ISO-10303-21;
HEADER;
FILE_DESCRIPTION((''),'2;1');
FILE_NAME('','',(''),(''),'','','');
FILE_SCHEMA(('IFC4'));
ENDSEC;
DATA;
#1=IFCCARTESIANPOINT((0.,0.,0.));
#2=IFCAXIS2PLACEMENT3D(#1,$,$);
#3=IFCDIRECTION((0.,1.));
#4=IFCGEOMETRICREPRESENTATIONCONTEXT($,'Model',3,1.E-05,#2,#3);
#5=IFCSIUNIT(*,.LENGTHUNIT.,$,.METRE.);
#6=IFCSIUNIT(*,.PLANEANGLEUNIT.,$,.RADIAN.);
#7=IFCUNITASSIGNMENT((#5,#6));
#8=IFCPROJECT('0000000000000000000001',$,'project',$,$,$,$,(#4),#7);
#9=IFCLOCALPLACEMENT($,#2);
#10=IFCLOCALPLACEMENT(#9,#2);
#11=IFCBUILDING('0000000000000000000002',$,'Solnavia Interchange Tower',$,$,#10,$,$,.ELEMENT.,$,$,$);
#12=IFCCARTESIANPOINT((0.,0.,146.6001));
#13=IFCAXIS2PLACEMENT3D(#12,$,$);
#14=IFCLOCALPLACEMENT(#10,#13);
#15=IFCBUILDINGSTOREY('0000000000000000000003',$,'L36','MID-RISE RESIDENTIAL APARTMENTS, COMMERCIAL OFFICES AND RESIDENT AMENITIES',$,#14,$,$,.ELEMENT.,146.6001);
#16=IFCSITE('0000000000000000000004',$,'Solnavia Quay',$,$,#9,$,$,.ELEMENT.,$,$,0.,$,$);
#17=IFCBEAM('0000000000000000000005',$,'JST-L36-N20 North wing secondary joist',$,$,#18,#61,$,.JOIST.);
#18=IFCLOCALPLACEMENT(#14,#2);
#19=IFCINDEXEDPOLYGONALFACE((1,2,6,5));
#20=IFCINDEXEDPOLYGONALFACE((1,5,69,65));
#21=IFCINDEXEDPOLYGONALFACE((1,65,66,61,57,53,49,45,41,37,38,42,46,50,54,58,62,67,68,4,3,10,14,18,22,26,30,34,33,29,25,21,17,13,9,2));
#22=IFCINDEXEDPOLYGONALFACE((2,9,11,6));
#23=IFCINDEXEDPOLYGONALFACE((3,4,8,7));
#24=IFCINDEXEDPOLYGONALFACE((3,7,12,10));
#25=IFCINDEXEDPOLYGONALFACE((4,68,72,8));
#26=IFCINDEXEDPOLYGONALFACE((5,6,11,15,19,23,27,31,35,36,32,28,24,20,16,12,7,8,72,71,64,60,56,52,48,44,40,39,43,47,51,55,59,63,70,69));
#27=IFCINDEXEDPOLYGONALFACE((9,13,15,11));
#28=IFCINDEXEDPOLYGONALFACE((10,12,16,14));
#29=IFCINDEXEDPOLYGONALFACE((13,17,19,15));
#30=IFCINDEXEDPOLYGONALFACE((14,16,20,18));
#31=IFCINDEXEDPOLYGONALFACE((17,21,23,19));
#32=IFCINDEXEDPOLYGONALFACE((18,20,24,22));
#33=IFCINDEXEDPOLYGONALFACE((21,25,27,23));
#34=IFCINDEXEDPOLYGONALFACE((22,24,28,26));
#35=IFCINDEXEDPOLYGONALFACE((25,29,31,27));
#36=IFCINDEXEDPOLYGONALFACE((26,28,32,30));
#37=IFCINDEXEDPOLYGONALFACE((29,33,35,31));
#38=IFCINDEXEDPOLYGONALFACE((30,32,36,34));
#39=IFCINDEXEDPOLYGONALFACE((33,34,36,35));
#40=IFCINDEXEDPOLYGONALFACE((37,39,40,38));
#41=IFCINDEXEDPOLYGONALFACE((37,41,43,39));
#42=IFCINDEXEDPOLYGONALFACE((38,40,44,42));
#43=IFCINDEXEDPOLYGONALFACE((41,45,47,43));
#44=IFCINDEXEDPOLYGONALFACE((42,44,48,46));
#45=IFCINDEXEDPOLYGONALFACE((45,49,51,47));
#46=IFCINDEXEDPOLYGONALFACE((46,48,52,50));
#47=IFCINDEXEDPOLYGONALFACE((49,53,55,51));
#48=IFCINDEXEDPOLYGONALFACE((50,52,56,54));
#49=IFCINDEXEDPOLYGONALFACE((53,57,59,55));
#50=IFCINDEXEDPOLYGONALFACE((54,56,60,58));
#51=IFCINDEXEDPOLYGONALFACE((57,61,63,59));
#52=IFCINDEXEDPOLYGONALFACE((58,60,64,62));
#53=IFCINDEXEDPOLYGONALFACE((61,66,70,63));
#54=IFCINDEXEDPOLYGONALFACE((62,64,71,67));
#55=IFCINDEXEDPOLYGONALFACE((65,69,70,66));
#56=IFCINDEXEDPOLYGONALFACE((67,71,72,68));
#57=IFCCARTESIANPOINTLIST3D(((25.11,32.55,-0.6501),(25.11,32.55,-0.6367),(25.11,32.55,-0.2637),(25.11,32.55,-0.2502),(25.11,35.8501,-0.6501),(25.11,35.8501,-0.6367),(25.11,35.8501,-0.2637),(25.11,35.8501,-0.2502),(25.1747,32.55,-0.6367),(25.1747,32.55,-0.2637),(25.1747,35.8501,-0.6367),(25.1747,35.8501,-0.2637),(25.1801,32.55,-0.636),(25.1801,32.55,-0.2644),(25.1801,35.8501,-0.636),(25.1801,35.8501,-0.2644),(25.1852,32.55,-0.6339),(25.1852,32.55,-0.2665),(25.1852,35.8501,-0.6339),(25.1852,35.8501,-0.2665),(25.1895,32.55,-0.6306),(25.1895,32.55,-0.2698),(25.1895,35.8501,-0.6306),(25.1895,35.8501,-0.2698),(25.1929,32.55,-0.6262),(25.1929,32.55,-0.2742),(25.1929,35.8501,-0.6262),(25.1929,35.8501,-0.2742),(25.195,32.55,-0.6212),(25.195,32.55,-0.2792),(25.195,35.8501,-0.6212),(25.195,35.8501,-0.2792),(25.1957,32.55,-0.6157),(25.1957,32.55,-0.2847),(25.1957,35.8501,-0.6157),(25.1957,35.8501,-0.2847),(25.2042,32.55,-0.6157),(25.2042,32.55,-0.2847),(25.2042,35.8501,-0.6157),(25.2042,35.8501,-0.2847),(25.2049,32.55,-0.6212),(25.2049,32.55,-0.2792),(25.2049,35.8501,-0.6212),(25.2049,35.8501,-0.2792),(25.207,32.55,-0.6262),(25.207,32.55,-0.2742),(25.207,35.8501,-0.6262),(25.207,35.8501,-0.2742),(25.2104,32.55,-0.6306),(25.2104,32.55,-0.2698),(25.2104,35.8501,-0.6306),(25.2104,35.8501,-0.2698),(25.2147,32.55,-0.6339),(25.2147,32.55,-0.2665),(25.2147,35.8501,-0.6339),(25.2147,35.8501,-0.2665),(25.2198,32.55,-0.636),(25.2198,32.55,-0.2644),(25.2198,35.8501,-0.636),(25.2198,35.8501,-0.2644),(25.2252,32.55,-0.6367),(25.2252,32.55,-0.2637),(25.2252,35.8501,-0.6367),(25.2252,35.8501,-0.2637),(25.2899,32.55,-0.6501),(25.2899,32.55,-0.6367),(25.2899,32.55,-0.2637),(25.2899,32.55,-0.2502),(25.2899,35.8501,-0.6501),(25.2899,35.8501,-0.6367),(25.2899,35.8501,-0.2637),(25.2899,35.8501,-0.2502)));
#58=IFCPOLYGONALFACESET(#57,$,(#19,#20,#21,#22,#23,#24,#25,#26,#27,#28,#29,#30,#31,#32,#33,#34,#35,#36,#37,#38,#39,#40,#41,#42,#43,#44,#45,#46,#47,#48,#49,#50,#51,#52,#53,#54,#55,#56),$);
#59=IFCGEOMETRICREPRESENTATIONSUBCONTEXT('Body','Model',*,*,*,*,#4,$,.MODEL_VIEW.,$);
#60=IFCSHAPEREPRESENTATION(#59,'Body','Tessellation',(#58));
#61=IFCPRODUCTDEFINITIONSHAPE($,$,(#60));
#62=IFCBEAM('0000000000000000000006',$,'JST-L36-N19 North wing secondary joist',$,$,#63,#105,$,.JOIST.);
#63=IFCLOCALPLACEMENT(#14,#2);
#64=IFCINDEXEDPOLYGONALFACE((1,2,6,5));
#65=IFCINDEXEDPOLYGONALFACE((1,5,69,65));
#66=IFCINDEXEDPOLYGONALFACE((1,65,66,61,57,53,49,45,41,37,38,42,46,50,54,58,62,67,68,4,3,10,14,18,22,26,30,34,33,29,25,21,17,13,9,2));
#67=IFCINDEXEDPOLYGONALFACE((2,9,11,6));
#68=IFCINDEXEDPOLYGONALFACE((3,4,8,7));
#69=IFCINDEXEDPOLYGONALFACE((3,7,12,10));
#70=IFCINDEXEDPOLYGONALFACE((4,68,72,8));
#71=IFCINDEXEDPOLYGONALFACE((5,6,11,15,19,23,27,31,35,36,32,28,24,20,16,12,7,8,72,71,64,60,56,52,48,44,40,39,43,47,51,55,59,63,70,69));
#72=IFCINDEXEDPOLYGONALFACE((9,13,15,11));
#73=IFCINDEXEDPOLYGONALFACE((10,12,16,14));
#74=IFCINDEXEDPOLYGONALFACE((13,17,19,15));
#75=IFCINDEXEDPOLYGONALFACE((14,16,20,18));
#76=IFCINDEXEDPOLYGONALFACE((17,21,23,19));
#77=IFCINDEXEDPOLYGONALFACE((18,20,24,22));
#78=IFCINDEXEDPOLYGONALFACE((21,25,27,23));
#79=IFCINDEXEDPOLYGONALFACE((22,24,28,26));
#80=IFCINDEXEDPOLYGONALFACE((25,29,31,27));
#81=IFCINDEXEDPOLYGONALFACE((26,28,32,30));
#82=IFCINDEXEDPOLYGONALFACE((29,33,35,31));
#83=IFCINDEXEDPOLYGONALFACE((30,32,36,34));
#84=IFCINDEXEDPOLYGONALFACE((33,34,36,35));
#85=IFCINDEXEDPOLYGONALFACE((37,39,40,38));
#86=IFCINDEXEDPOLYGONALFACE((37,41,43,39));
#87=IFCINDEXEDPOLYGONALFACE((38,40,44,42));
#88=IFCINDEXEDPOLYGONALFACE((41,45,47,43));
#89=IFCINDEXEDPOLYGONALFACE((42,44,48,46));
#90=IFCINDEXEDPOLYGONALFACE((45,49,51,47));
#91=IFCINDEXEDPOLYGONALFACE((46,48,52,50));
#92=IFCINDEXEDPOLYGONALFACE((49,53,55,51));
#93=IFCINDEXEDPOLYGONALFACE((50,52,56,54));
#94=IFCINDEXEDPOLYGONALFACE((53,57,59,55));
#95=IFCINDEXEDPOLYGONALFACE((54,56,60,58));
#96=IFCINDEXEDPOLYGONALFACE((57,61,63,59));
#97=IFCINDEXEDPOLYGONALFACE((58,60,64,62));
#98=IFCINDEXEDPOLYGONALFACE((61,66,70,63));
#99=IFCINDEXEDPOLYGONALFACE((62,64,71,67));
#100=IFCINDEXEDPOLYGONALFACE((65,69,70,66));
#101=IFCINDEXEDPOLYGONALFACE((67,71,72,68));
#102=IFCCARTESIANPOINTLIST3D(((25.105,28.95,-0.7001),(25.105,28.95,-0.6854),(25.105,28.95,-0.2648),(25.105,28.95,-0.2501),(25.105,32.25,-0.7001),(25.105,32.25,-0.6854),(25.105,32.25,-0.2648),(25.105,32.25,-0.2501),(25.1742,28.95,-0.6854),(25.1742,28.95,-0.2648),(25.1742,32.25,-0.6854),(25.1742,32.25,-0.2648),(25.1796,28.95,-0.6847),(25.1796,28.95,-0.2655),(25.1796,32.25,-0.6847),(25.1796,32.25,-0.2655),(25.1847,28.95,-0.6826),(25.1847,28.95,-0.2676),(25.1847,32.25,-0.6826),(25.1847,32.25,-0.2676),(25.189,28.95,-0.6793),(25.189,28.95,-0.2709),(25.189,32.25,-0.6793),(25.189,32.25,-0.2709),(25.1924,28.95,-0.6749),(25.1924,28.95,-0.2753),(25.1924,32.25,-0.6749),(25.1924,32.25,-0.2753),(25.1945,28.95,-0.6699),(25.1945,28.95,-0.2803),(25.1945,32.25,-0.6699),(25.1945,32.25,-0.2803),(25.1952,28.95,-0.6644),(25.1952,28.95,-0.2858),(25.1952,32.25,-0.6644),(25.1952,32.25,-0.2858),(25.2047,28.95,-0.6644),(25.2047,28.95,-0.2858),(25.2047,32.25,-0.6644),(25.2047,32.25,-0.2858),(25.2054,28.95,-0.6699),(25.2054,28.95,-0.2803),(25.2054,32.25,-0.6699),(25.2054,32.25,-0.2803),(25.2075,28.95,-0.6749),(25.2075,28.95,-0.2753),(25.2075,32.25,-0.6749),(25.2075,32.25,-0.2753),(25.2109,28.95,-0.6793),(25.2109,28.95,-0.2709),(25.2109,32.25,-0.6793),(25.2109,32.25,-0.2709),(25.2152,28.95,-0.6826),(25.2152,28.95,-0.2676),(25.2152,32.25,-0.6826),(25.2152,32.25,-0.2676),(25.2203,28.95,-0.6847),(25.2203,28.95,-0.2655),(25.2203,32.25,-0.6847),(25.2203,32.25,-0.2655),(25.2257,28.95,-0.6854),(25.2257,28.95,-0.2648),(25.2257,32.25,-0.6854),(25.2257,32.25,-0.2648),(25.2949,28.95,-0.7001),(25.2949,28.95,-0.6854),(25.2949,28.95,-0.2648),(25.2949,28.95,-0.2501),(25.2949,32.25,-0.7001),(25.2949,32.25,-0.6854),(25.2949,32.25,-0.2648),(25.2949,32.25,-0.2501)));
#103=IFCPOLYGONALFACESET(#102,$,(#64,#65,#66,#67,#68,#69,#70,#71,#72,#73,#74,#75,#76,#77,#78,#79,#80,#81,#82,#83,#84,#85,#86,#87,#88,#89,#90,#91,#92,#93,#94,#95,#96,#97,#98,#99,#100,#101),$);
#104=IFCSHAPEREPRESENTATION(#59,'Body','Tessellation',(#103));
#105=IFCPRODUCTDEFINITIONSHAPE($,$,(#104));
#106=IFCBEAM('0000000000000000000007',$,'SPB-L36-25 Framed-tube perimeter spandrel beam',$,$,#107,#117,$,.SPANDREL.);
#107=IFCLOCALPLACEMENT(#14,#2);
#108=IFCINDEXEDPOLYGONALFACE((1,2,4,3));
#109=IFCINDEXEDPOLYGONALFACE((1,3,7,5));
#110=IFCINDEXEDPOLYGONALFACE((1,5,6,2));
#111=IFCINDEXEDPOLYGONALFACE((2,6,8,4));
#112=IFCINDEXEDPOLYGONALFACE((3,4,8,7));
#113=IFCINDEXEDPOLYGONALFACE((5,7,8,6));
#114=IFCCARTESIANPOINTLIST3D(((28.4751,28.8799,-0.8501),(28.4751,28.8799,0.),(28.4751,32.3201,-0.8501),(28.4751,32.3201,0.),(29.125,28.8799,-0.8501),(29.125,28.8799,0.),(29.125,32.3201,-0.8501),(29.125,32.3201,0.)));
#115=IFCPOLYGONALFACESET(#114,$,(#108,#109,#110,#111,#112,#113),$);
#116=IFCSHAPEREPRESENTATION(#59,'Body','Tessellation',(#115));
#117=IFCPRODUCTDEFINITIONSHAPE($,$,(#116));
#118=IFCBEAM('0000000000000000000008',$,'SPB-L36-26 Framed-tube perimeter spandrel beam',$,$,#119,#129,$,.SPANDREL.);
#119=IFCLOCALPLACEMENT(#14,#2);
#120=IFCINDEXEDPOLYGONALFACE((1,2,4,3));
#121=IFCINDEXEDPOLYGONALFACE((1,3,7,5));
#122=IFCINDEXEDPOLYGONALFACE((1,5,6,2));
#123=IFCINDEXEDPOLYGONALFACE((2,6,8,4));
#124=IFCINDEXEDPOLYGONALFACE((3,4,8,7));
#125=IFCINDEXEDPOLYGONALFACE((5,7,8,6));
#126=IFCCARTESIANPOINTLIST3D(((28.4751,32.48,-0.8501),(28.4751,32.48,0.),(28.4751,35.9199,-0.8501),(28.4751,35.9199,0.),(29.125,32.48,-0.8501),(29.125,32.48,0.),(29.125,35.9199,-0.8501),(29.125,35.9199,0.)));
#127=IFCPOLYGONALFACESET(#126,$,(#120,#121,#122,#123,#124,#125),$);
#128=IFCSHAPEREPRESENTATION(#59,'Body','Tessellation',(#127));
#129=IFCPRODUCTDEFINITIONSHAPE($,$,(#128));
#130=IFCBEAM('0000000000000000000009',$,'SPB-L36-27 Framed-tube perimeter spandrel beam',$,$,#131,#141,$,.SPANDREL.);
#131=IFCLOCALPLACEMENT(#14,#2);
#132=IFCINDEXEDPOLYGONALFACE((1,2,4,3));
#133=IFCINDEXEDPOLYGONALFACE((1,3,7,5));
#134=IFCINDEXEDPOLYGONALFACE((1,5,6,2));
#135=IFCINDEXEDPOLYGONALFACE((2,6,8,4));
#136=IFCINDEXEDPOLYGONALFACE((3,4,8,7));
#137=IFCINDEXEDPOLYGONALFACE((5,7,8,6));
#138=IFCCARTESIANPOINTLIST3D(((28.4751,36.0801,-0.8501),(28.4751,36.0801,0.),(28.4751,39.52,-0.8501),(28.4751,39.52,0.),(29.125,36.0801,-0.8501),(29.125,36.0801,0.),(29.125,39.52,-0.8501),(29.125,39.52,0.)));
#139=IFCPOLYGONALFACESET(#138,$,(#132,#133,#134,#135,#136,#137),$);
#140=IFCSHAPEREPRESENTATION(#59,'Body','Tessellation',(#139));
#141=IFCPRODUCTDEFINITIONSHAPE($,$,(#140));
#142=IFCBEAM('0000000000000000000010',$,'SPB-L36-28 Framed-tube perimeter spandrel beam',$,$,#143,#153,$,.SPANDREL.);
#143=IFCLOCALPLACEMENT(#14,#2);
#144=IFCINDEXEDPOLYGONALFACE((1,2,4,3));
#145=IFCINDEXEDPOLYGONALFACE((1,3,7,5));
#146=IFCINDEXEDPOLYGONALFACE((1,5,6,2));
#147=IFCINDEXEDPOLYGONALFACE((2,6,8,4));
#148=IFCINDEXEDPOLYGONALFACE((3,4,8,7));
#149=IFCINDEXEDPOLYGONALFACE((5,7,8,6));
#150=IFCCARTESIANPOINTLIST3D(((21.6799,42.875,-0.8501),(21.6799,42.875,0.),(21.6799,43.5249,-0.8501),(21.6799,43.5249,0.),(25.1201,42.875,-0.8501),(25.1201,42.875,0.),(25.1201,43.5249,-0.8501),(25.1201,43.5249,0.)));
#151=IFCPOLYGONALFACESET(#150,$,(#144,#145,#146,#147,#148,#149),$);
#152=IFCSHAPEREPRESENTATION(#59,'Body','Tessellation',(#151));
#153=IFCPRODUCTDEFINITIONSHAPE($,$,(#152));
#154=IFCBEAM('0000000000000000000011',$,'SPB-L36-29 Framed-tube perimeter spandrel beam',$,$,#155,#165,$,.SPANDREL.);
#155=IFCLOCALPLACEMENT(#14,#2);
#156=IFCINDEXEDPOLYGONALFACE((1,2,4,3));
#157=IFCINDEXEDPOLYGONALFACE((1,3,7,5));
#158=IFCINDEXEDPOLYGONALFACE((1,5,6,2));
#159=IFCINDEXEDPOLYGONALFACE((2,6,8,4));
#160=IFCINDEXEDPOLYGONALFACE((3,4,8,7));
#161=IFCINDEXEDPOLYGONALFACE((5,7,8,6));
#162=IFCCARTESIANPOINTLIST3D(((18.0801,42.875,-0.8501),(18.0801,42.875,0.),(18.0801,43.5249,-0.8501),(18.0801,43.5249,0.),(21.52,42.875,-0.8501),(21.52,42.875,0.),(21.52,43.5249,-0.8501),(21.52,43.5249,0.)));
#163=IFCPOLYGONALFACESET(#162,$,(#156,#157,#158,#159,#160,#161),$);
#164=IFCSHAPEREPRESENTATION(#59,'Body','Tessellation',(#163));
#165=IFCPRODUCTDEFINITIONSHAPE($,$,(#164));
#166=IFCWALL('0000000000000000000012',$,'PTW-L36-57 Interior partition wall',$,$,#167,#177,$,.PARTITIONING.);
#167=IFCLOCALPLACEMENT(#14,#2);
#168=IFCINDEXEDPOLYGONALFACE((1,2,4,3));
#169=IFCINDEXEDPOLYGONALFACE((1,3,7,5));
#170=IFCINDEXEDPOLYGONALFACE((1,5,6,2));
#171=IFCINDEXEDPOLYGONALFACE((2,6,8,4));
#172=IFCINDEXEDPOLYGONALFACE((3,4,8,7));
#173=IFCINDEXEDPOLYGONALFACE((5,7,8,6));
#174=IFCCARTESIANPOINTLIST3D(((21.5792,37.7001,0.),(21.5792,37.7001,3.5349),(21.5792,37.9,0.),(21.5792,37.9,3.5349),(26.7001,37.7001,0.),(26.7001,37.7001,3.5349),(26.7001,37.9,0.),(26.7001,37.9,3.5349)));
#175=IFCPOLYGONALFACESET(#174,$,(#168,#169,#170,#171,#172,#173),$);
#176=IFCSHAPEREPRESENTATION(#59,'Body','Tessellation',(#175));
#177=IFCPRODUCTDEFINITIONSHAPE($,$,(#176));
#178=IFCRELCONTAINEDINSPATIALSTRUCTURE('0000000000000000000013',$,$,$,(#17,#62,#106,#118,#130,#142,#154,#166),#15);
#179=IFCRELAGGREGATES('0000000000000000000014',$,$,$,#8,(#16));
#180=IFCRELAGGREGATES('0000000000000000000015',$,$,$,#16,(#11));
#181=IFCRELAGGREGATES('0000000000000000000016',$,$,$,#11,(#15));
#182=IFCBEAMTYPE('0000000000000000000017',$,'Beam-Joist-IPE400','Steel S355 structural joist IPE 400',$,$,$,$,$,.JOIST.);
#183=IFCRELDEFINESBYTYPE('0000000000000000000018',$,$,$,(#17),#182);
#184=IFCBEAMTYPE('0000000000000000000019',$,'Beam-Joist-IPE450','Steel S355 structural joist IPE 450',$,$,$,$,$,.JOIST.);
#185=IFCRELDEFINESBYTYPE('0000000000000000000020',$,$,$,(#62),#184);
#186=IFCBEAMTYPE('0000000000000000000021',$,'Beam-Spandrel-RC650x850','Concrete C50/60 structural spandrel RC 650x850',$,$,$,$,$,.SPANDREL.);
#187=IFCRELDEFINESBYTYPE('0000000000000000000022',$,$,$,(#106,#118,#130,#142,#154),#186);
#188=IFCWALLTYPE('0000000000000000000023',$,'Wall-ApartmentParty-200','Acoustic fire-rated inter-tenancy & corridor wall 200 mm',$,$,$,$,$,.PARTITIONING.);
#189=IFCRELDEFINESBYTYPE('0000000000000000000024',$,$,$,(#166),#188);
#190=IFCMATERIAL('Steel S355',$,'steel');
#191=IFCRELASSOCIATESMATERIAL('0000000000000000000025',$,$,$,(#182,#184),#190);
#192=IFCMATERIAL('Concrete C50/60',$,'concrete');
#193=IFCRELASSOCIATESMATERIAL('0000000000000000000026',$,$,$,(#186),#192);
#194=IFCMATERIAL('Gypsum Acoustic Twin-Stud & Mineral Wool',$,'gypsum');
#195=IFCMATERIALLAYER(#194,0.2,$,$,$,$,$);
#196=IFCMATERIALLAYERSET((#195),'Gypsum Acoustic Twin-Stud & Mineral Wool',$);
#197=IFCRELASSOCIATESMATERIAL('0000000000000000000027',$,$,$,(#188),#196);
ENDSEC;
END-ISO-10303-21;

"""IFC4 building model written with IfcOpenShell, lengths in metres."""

from ifc_helpers import new_model, si_unit, direction, frame, frame_2d, origin, origin_2d, place, context, subcontext, project, spatial, rectangle, i_section, extrude, material, layer, layer_set, material_profile, profile_set, type_object, element, save


model = new_model("IFC4")

# Units and contexts
model_context = context("Model", 3, precision=1e-05, world=origin(), true_north=direction((0.0, 1.0)))
body_context = subcontext(model_context, "Body", "Model", "MODEL_VIEW")
ifc_project = project(units=[si_unit("LENGTHUNIT", "METRE"), si_unit("PLANEANGLEUNIT", "RADIAN")], contexts=[model_context])

# Site, building, storey
site_placement = place(None, origin())
site = spatial("IfcSite", under=ifc_project, at=site_placement, Name="Solnavia Quay", CompositionType="ELEMENT", RefElevation=0.0)
building_placement = place(site_placement, origin())
building = spatial("IfcBuilding", under=site, at=building_placement, Name="Solnavia Interchange Tower", CompositionType="ELEMENT")
storey_placement = place(building_placement, frame((0.0, 0.0, 146.6001)))
storey = spatial("IfcBuildingStorey", under=building, at=storey_placement, Name="L36", Description="MID-RISE RESIDENTIAL APARTMENTS, COMMERCIAL OFFICES AND RESIDENT AMENITIES", CompositionType="ELEMENT", Elevation=146.6001)

# Shared definitions
ifc_material_1 = material(Name="Concrete C50/60", Category="concrete")

# Beams
ifc_material_2 = material(Name="Steel S355", Category="steel")
ifc_material_profile_1 = material_profile(ifc_material_2, i_section(OverallWidth=0.1799, OverallDepth=0.3999, WebThickness=0.0085, FlangeThickness=0.0134, FilletRadius=0.021, at=origin_2d()), Name="IPE 400")
ifc_profile_set_1 = profile_set([ifc_material_profile_1], Name="Steel S355")
beam_type_1 = type_object("IfcBeamType", Name="Beam-Joist-IPE400", Description="Steel S355 structural joist IPE 400", PredefinedType="JOIST", material=ifc_profile_set_1)
for number, where, z_axis, x_axis, name in (
    (1, (25.2, 32.55, -0.4502), (0.0, 1.0, 0.0), (-1.0, 0.0, 0.0), "JST-L36-N20 North wing secondary joist"),
):
    element("IfcBeam", number, at=place(storey_placement, frame(where, z_axis=z_axis, x_axis=x_axis)), inside=storey, type_object=beam_type_1, Name=name, PredefinedType="JOIST", context=body_context, shape_type="SweptSolid", body=[
        extrude(i_section(OverallWidth=0.1799, OverallDepth=0.3999, WebThickness=0.0085, FlangeThickness=0.0134, FilletRadius=0.021, at=origin_2d()), origin(), (0.0, 0.0, 1.0), 3.3),
    ])
ifc_material_profile_2 = material_profile(ifc_material_2, i_section(OverallWidth=0.1899, OverallDepth=0.45, WebThickness=0.0095, FlangeThickness=0.0146, FilletRadius=0.021, at=origin_2d()), Name="IPE 450")
ifc_profile_set_2 = profile_set([ifc_material_profile_2], Name="Steel S355")
beam_type_2 = type_object("IfcBeamType", Name="Beam-Joist-IPE450", Description="Steel S355 structural joist IPE 450", PredefinedType="JOIST", material=ifc_profile_set_2)
beam_1_placement = place(storey_placement, frame((25.2, 28.95, -0.4751), z_axis=(0.0, 1.0, 0.0), x_axis=(-1.0, 0.0, 0.0)))
element("IfcBeam", 2, at=beam_1_placement, inside=storey, type_object=beam_type_2, Name="JST-L36-N19 North wing secondary joist", PredefinedType="JOIST", context=body_context, shape_type="SweptSolid", body=[
    extrude(i_section(OverallWidth=0.1899, OverallDepth=0.45, WebThickness=0.0095, FlangeThickness=0.0146, FilletRadius=0.021, at=origin_2d()), origin(), (0.0, 0.0, 1.0), 3.3),
])
ifc_material_profile_3 = material_profile(ifc_material_1, rectangle(XDim=0.6499, YDim=0.8501, at=origin_2d()), Name="RC 650x850")
ifc_profile_set_3 = profile_set([ifc_material_profile_3], Name="Concrete C50/60")
beam_type_3 = type_object("IfcBeamType", Name="Beam-Spandrel-RC650x850", Description="Concrete C50/60 structural spandrel RC 650x850", PredefinedType="SPANDREL", material=ifc_profile_set_3)
beam_2_placement = place(storey_placement, frame((28.8, 28.8799, -0.425), z_axis=(0.0, 1.0, 0.0), x_axis=(-1.0, 0.0, 0.0)))
element("IfcBeam", 3, at=beam_2_placement, inside=storey, type_object=beam_type_3, Name="SPB-L36-25 Framed-tube perimeter spandrel beam", PredefinedType="SPANDREL", context=body_context, shape_type="SweptSolid", body=[
    extrude(rectangle(XDim=0.6499, YDim=0.8501, at=origin_2d()), origin(), (0.0, 0.0, 1.0), 3.4402),
])
for number, where, z_axis, x_axis, name in (
    (4, (28.8, 32.48, -0.425), (0.0, 1.0, 0.0), (-1.0, 0.0, 0.0), "SPB-L36-26 Framed-tube perimeter spandrel beam"),
    (5, (28.8, 36.0801, -0.425), (0.0, 1.0, 0.0), (-1.0, 0.0, 0.0), "SPB-L36-27 Framed-tube perimeter spandrel beam"),
):
    element("IfcBeam", number, at=place(storey_placement, frame(where, z_axis=z_axis, x_axis=x_axis)), inside=storey, type_object=beam_type_3, Name=name, PredefinedType="SPANDREL", context=body_context, shape_type="SweptSolid", body=[
        extrude(rectangle(XDim=0.6499, YDim=0.8501, at=origin_2d()), origin(), (0.0, 0.0, 1.0), 3.4399),
    ])
beam_3_placement = place(storey_placement, frame((25.1201, 43.2, -0.425), z_axis=(-1.0, 0.0, 0.0), x_axis=(0.0, -1.0, 0.0)))
element("IfcBeam", 6, at=beam_3_placement, inside=storey, type_object=beam_type_3, Name="SPB-L36-28 Framed-tube perimeter spandrel beam", PredefinedType="SPANDREL", context=body_context, shape_type="SweptSolid", body=[
    extrude(rectangle(XDim=0.6499, YDim=0.8501, at=origin_2d()), origin(), (0.0, 0.0, 1.0), 3.4402),
])
beam_4_placement = place(storey_placement, frame((21.52, 43.2, -0.425), z_axis=(-1.0, 0.0, 0.0), x_axis=(0.0, -1.0, 0.0)))
element("IfcBeam", 7, at=beam_4_placement, inside=storey, type_object=beam_type_3, Name="SPB-L36-29 Framed-tube perimeter spandrel beam", PredefinedType="SPANDREL", context=body_context, shape_type="SweptSolid", body=[
    extrude(rectangle(XDim=0.6499, YDim=0.8501, at=origin_2d()), origin(), (0.0, 0.0, 1.0), 3.4399),
])

# Wall
ifc_material_3 = material(Name="Gypsum Acoustic Twin-Stud & Mineral Wool", Category="gypsum")
ifc_layer_1 = layer(ifc_material_3, 0.2)
ifc_layer_set_1 = layer_set([ifc_layer_1], Name="Gypsum Acoustic Twin-Stud & Mineral Wool")
wall_type_1 = type_object("IfcWallType", Name="Wall-ApartmentParty-200", Description="Acoustic fire-rated inter-tenancy & corridor wall 200 mm", PredefinedType="PARTITIONING", material=ifc_layer_set_1)
wall_1_placement = place(storey_placement, frame((21.5791, 37.8, 0.0), z_axis=(0.0, 0.0, 1.0), x_axis=(1.0, 0.0, 0.0)))
element("IfcWall", 8, at=wall_1_placement, inside=storey, type_object=wall_type_1, Name="PTW-L36-57 Interior partition wall", PredefinedType="PARTITIONING", context=body_context, shape_type="SweptSolid", body=[
    extrude(rectangle(XDim=5.1208, YDim=0.2, at=frame_2d((2.5605, 0.0))), origin(), (0.0, 0.0, 1.0), 3.5349),
])

save(model, "model.ifc")
